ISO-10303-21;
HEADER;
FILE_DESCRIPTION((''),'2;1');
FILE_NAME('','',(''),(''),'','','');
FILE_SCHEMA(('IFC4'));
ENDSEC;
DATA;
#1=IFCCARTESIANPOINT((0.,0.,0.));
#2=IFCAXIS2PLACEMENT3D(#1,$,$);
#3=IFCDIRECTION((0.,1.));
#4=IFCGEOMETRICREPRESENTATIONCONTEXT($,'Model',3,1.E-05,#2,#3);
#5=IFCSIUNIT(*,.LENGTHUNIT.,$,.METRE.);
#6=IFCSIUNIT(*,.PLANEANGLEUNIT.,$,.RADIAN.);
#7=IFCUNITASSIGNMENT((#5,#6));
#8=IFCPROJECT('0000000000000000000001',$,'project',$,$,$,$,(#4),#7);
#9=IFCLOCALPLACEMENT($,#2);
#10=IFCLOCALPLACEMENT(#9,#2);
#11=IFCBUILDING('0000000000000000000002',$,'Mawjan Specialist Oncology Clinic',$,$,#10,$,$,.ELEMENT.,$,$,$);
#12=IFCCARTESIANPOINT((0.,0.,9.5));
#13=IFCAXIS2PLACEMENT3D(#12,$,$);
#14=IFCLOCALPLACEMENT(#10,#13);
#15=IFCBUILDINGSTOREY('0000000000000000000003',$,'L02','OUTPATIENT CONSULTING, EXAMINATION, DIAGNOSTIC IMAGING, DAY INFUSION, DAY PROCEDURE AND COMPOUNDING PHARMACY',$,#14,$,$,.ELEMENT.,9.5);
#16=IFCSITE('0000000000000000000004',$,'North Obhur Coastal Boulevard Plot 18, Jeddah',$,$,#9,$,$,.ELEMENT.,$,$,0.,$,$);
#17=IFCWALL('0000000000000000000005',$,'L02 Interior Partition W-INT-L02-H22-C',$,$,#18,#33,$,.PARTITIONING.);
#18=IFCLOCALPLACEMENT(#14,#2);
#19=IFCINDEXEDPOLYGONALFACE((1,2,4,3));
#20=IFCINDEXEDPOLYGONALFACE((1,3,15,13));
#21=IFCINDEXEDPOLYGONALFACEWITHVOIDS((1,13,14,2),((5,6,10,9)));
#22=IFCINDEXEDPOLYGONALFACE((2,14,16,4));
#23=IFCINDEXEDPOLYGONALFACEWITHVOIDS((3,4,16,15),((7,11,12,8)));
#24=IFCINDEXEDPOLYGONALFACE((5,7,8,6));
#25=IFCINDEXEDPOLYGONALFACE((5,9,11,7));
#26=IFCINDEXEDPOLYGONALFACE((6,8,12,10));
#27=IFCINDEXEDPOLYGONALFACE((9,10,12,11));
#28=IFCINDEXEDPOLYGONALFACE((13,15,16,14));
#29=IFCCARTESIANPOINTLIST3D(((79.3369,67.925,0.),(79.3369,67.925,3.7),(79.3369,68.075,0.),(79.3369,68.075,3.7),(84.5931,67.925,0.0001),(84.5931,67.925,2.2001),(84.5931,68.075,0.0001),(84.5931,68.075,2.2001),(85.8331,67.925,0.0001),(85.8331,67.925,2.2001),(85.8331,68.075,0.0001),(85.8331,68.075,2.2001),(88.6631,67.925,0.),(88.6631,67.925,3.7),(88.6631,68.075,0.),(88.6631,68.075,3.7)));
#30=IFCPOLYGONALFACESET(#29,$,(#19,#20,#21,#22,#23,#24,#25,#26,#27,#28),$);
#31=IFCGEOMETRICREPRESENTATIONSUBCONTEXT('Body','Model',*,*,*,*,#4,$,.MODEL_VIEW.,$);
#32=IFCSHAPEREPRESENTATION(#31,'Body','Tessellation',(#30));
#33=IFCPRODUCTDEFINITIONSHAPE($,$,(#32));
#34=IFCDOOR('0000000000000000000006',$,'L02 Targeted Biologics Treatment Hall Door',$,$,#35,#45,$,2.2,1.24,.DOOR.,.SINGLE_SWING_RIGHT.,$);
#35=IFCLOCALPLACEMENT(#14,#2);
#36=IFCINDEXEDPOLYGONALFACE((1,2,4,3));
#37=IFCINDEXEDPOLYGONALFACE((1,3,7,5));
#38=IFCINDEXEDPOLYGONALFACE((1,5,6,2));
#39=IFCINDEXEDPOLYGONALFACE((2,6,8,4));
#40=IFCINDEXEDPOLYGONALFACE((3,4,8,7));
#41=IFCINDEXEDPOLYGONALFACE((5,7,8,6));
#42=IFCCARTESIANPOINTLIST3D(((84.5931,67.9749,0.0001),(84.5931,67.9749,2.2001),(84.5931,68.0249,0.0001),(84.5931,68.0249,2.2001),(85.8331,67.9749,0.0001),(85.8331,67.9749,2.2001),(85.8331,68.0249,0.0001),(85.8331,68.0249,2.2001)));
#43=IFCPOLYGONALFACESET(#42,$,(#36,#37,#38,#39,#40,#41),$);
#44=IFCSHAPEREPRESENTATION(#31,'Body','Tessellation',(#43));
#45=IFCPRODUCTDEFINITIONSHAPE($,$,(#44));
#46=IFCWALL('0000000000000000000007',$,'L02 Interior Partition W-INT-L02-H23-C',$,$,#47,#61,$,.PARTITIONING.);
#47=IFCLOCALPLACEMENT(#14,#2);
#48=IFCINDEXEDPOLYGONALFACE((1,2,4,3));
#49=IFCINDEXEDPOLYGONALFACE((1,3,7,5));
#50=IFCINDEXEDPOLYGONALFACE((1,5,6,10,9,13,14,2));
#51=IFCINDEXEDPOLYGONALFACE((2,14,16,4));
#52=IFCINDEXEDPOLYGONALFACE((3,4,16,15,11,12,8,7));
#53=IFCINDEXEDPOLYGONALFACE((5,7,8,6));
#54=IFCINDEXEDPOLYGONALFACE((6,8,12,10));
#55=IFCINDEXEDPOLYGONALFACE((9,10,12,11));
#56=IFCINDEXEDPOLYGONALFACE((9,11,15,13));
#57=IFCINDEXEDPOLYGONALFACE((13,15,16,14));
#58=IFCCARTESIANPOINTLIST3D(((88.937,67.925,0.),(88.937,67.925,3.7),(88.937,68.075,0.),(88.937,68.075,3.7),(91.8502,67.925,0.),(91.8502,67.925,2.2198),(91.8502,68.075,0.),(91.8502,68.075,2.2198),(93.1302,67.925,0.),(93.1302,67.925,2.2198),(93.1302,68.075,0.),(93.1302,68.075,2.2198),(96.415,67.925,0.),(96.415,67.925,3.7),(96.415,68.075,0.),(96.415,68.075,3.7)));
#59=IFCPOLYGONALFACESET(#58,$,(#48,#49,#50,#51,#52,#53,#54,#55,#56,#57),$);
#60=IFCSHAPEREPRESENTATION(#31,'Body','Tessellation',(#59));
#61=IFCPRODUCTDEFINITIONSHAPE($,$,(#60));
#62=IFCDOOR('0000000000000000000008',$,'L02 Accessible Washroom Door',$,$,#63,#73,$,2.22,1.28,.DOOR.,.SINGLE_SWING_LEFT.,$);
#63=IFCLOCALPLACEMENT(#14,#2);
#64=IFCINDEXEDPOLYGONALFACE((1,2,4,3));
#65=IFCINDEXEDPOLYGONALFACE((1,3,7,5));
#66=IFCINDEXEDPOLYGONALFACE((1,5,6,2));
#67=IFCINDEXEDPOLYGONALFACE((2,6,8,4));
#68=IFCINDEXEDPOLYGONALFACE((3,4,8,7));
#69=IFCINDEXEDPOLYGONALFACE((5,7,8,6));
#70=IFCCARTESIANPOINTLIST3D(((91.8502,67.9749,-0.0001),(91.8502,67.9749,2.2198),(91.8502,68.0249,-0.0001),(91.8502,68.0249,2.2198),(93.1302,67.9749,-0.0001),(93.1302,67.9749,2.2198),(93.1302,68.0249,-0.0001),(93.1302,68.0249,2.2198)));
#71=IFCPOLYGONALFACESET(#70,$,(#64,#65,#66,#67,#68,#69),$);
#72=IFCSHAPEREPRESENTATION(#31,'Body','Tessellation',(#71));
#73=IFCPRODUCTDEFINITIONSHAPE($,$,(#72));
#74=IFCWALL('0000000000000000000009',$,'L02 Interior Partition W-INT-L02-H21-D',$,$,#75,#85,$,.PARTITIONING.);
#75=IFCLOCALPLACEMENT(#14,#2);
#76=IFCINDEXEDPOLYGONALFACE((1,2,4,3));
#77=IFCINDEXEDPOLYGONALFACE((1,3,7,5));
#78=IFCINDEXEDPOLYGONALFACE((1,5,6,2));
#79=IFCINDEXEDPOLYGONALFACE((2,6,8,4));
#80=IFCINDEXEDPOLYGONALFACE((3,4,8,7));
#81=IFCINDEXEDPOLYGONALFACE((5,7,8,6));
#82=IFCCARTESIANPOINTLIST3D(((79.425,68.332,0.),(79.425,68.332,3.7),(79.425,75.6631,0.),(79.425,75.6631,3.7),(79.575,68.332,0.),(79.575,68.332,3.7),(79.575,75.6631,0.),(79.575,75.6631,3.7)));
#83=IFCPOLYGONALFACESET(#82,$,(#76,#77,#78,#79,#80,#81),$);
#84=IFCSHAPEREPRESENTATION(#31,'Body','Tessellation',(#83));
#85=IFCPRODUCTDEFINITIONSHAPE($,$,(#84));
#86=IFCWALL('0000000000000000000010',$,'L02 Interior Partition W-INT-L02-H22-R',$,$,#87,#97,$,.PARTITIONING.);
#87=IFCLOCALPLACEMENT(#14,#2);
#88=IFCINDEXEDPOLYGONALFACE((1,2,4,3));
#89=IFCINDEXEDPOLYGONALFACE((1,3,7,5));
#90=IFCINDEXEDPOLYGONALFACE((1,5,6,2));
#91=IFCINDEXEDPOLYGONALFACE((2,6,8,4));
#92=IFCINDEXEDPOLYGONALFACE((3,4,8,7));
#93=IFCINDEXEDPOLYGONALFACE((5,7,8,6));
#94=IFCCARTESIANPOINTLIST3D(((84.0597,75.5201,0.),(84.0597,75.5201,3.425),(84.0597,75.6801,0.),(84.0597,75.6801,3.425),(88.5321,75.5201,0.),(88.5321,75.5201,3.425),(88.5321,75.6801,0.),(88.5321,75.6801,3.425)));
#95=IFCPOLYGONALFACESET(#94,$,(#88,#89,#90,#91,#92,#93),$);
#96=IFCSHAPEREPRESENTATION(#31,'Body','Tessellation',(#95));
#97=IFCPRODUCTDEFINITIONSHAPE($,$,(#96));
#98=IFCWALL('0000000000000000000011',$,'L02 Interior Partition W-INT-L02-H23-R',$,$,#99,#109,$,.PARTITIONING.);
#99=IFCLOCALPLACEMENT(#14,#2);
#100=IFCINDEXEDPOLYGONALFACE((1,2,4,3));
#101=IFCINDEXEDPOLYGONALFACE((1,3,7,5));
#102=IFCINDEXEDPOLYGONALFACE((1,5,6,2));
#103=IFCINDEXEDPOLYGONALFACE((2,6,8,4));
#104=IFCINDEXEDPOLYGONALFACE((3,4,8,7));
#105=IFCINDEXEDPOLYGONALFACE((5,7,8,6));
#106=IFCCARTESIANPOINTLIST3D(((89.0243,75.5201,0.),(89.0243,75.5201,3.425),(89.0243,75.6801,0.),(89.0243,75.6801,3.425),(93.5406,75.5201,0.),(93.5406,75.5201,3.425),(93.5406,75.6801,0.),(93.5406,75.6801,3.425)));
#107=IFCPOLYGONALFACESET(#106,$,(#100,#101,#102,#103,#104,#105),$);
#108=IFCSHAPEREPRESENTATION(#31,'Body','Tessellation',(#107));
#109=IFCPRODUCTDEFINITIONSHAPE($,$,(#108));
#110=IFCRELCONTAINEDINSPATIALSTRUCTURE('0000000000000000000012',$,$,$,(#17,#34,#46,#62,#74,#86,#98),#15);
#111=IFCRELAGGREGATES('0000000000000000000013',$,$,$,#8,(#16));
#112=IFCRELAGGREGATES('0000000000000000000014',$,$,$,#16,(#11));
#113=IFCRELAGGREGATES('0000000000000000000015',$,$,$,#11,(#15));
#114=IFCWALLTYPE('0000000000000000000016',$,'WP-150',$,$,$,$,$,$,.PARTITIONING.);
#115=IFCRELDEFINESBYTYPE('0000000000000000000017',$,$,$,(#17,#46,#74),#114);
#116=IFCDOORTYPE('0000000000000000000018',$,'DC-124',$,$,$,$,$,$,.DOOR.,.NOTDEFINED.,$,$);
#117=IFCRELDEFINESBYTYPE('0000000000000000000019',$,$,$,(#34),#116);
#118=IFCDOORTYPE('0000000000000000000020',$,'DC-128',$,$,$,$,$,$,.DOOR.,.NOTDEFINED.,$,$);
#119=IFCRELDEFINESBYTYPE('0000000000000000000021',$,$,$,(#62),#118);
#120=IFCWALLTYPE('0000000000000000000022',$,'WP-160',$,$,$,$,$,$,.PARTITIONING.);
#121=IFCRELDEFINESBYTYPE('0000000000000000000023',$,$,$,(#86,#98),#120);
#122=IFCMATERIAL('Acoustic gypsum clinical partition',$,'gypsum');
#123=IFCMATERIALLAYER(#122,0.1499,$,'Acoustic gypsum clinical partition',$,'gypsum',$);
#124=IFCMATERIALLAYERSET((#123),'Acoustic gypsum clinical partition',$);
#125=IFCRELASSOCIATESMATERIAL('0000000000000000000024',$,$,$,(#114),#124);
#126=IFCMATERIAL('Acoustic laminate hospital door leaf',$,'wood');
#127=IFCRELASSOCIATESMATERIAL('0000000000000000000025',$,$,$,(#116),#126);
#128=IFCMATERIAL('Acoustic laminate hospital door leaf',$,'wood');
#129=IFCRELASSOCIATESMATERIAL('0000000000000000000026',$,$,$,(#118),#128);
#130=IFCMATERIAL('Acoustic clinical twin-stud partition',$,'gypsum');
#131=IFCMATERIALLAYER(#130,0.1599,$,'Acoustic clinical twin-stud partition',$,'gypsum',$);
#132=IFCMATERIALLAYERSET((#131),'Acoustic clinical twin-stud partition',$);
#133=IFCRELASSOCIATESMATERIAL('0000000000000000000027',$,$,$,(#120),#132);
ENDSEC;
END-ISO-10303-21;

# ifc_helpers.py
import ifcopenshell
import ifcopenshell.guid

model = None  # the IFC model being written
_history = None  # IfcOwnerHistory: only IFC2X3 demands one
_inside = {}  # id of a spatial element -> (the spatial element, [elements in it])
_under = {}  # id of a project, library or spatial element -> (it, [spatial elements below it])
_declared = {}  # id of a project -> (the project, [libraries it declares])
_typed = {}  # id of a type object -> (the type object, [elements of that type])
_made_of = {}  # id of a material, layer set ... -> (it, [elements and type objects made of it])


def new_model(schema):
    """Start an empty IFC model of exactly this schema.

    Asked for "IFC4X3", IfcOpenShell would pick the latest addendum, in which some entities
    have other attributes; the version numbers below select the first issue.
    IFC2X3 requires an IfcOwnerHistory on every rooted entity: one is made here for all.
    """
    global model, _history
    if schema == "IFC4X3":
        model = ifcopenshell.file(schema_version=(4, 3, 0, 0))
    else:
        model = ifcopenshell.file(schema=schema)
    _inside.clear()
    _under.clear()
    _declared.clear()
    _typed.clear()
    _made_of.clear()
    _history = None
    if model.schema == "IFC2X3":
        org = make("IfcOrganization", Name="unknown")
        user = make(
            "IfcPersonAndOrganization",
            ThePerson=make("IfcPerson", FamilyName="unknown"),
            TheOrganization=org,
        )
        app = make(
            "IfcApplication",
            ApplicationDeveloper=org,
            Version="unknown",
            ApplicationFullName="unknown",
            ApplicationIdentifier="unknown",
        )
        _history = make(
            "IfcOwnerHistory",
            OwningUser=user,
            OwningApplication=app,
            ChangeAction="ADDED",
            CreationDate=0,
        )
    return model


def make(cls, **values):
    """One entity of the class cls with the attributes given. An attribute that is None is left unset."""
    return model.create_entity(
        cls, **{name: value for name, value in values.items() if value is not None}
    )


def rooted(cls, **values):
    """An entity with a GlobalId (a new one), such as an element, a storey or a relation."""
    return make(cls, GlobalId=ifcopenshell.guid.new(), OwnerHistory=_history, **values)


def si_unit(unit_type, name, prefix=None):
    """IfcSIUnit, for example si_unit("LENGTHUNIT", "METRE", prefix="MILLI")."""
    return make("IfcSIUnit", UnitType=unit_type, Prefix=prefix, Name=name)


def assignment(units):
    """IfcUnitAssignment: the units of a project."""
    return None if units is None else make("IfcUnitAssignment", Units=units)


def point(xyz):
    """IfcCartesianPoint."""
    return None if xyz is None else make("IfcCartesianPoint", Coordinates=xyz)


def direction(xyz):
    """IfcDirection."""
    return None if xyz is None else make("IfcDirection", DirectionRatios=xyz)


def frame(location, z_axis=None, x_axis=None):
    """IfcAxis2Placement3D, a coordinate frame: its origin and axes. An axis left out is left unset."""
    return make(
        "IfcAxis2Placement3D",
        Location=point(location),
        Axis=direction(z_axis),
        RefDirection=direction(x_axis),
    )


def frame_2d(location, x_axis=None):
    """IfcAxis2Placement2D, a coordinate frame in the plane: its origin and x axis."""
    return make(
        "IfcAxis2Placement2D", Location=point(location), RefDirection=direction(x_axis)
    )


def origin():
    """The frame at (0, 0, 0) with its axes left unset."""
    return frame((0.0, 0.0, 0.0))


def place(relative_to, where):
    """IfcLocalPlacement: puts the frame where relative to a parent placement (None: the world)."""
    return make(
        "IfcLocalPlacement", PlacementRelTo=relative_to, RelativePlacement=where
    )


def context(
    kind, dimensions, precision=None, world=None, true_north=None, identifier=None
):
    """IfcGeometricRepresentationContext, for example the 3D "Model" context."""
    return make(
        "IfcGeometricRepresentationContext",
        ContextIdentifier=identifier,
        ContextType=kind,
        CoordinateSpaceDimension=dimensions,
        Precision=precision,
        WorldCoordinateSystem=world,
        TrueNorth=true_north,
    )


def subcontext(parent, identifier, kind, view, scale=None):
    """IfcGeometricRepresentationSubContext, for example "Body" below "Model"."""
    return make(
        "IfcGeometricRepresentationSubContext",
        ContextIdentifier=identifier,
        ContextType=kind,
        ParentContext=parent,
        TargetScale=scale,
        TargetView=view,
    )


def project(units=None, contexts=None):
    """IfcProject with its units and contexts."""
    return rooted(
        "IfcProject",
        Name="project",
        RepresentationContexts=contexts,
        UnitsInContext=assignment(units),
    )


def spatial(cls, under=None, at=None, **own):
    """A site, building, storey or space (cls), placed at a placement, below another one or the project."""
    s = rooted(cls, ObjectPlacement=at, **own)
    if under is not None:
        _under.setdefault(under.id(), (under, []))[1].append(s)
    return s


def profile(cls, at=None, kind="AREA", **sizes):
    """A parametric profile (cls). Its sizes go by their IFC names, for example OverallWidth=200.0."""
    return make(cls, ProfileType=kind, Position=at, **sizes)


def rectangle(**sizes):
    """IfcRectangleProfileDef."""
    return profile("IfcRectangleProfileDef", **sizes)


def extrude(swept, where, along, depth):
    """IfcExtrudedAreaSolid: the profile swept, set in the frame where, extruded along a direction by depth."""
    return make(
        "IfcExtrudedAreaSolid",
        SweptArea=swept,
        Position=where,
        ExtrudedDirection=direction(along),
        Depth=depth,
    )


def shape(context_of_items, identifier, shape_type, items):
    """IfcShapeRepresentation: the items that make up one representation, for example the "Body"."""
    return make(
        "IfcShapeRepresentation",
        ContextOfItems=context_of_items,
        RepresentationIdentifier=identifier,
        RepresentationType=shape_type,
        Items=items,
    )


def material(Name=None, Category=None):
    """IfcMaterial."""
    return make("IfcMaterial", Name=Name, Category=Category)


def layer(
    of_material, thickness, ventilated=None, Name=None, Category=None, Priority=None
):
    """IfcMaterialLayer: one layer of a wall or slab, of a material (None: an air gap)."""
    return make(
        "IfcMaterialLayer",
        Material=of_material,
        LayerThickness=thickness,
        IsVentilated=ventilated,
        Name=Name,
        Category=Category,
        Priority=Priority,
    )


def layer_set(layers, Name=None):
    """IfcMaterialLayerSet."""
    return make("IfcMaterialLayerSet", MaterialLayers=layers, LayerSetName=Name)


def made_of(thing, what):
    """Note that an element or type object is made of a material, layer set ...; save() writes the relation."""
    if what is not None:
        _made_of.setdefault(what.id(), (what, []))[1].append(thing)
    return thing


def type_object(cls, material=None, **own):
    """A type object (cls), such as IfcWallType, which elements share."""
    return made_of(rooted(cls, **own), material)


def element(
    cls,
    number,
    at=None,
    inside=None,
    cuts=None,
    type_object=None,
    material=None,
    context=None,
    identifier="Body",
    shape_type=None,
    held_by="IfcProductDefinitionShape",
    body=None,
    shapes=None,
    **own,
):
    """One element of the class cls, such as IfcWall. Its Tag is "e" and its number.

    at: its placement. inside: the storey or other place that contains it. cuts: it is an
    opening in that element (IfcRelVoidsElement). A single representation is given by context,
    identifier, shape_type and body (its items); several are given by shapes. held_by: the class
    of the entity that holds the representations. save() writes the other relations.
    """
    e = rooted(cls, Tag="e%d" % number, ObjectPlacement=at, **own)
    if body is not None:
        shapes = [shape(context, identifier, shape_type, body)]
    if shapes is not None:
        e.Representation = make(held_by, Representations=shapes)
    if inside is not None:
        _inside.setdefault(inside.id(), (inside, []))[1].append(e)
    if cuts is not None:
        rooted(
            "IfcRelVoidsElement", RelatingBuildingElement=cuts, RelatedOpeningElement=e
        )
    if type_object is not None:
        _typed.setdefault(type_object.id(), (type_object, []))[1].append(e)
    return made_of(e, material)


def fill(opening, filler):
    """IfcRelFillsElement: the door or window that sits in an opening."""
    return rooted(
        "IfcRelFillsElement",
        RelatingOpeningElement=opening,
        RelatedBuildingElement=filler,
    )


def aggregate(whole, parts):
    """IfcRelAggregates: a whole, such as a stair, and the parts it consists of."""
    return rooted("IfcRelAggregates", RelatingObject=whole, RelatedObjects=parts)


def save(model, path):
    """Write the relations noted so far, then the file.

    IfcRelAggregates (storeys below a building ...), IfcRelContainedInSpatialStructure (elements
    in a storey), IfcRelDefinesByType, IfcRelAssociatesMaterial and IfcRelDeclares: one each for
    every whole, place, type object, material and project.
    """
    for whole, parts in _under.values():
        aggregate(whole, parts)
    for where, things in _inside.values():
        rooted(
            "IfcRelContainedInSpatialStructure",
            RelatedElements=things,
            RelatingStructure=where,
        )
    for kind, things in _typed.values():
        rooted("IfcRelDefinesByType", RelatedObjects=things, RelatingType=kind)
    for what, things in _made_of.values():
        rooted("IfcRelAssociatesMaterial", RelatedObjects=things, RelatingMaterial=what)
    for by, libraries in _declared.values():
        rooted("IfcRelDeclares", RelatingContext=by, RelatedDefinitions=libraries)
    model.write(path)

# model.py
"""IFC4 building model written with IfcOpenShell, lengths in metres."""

from ifc_helpers import new_model, si_unit, direction, frame, frame_2d, origin, place, context, subcontext, project, spatial, rectangle, extrude, material, layer, layer_set, type_object, element, fill, save


model = new_model("IFC4")

# Units and contexts
model_context = context("Model", 3, precision=1e-05, world=origin(), true_north=direction((0.0, 1.0)))
body_context = subcontext(model_context, "Body", "Model", "MODEL_VIEW")
ifc_project = project(units=[si_unit("LENGTHUNIT", "METRE"), si_unit("PLANEANGLEUNIT", "RADIAN")], contexts=[model_context])

# Site, building, storey
site_placement = place(None, origin())
site = spatial("IfcSite", under=ifc_project, at=site_placement, Name="North Obhur Coastal Boulevard Plot 18, Jeddah", CompositionType="ELEMENT", RefElevation=0.0)
building_placement = place(site_placement, origin())
building = spatial("IfcBuilding", under=site, at=building_placement, Name="Mawjan Specialist Oncology Clinic", CompositionType="ELEMENT")
storey_placement = place(building_placement, frame((0.0, 0.0, 9.5)))
storey = spatial("IfcBuildingStorey", under=building, at=storey_placement, Name="L02", Description="OUTPATIENT CONSULTING, EXAMINATION, DIAGNOSTIC IMAGING, DAY INFUSION, DAY PROCEDURE AND COMPOUNDING PHARMACY", CompositionType="ELEMENT", Elevation=9.5)

# Walls, openings, doors
ifc_material_1 = material(Name="Acoustic gypsum clinical partition", Category="gypsum")
ifc_layer_1 = layer(ifc_material_1, 0.1499, Name="Acoustic gypsum clinical partition", Category="gypsum")
ifc_layer_set_1 = layer_set([ifc_layer_1], Name="Acoustic gypsum clinical partition")
wall_type_1 = type_object("IfcWallType", Name="WP-150", PredefinedType="PARTITIONING", material=ifc_layer_set_1)
wall_1_placement = place(storey_placement, frame((79.3369, 68.0, 0.0), z_axis=(0.0, 0.0, 1.0), x_axis=(1.0, 0.0, 0.0)))
wall_1 = element("IfcWall", 1, at=wall_1_placement, inside=storey, type_object=wall_type_1, Name="L02 Interior Partition W-INT-L02-H22-C", PredefinedType="PARTITIONING", context=body_context, shape_type="SweptSolid", body=[
    extrude(rectangle(XDim=9.3262, YDim=0.1499, at=frame_2d((4.6631, 0.0))), origin(), (0.0, 0.0, 1.0), 3.7),
])
opening_1_placement = place(wall_1_placement, frame((5.2561, 0.0, 0.0)))
opening_1 = element("IfcOpeningElement", 2, at=opening_1_placement, cuts=wall_1, PredefinedType="OPENING", context=body_context, shape_type="SweptSolid", body=[
    extrude(rectangle(XDim=1.24, YDim=2.2, at=frame_2d((0.6201, 1.1001))), frame((0.0, 0.0869, 0.0), z_axis=(0.0, -1.0, 0.0), x_axis=(1.0, 0.0, 0.0)), (0.0, 0.0, 1.0), 0.1738),
])
ifc_material_2 = material(Name="Acoustic laminate hospital door leaf", Category="wood")
door_type_1 = type_object("IfcDoorType", Name="DC-124", OperationType="NOTDEFINED", PredefinedType="DOOR", material=ifc_material_2)
door_1_placement = place(opening_1_placement, origin())
door_1 = element("IfcDoor", 3, at=door_1_placement, inside=storey, type_object=door_type_1, Name="L02 Targeted Biologics Treatment Hall Door", OperationType="SINGLE_SWING_RIGHT", OverallHeight=2.2, OverallWidth=1.24, PredefinedType="DOOR", context=body_context, shape_type="SweptSolid", body=[
    extrude(rectangle(XDim=1.24, YDim=2.2, at=frame_2d((0.6201, 1.1001))), frame((0.0, 0.0249, 0.0), z_axis=(0.0, -1.0, 0.0), x_axis=(1.0, 0.0, 0.0)), (0.0, 0.0, 1.0), 0.05),
])
fill(opening_1, door_1)
wall_2_placement = place(storey_placement, frame((88.937, 68.0, 0.0), z_axis=(0.0, 0.0, 1.0), x_axis=(1.0, 0.0, 0.0)))
wall_2 = element("IfcWall", 4, at=wall_2_placement, inside=storey, type_object=wall_type_1, Name="L02 Interior Partition W-INT-L02-H23-C", PredefinedType="PARTITIONING", context=body_context, shape_type="SweptSolid", body=[
    extrude(rectangle(XDim=7.478, YDim=0.1499, at=frame_2d((3.739, 0.0))), origin(), (0.0, 0.0, 1.0), 3.7),
])
opening_2_placement = place(wall_2_placement, frame((2.9131, 0.0, 0.0)))
opening_2 = element("IfcOpeningElement", 5, at=opening_2_placement, cuts=wall_2, PredefinedType="OPENING", context=body_context, shape_type="SweptSolid", body=[
    extrude(rectangle(XDim=1.28, YDim=2.22, at=frame_2d((0.6401, 1.1099))), frame((0.0, 0.0869, 0.0), z_axis=(0.0, -1.0, 0.0), x_axis=(1.0, 0.0, 0.0)), (0.0, 0.0, 1.0), 0.1738),
])
ifc_material_3 = material(Name="Acoustic laminate hospital door leaf", Category="wood")
door_type_2 = type_object("IfcDoorType", Name="DC-128", OperationType="NOTDEFINED", PredefinedType="DOOR", material=ifc_material_3)
door_2_placement = place(opening_2_placement, origin())
door_2 = element("IfcDoor", 6, at=door_2_placement, inside=storey, type_object=door_type_2, Name="L02 Accessible Washroom Door", OperationType="SINGLE_SWING_LEFT", OverallHeight=2.22, OverallWidth=1.28, PredefinedType="DOOR", context=body_context, shape_type="SweptSolid", body=[
    extrude(rectangle(XDim=1.28, YDim=2.22, at=frame_2d((0.6401, 1.1099))), frame((0.0, 0.0249, 0.0), z_axis=(0.0, -1.0, 0.0), x_axis=(1.0, 0.0, 0.0)), (0.0, 0.0, 1.0), 0.05),
])
fill(opening_2, door_2)

# Walls
wall_3_placement = place(storey_placement, frame((79.5, 68.332, 0.0), z_axis=(0.0, 0.0, 1.0), x_axis=(0.0, 1.0, 0.0)))
element("IfcWall", 7, at=wall_3_placement, inside=storey, type_object=wall_type_1, Name="L02 Interior Partition W-INT-L02-H21-D", PredefinedType="PARTITIONING", context=body_context, shape_type="SweptSolid", body=[
    extrude(rectangle(XDim=7.3311, YDim=0.1499, at=frame_2d((3.6655, 0.0))), origin(), (0.0, 0.0, 1.0), 3.7),
])
ifc_material_4 = material(Name="Acoustic clinical twin-stud partition", Category="gypsum")
ifc_layer_2 = layer(ifc_material_4, 0.1599, Name="Acoustic clinical twin-stud partition", Category="gypsum")
ifc_layer_set_2 = layer_set([ifc_layer_2], Name="Acoustic clinical twin-stud partition")
wall_type_2 = type_object("IfcWallType", Name="WP-160", PredefinedType="PARTITIONING", material=ifc_layer_set_2)
wall_4_placement = place(storey_placement, frame((84.0596, 75.6001, 0.0), z_axis=(0.0, 0.0, 1.0), x_axis=(1.0, 0.0, 0.0)))
element("IfcWall", 8, at=wall_4_placement, inside=storey, type_object=wall_type_2, Name="L02 Interior Partition W-INT-L02-H22-R", PredefinedType="PARTITIONING", context=body_context, shape_type="SweptSolid", body=[
    extrude(rectangle(XDim=4.4724, YDim=0.1599, at=frame_2d((2.2363, 0.0))), origin(), (0.0, 0.0, 1.0), 3.425),
])
wall_5_placement = place(storey_placement, frame((89.0242, 75.6001, 0.0), z_axis=(0.0, 0.0, 1.0), x_axis=(1.0, 0.0, 0.0)))
element("IfcWall", 9, at=wall_5_placement, inside=storey, type_object=wall_type_2, Name="L02 Interior Partition W-INT-L02-H23-R", PredefinedType="PARTITIONING", context=body_context, shape_type="SweptSolid", body=[
    extrude(rectangle(XDim=4.5164, YDim=0.1599, at=frame_2d((2.2583, 0.0))), origin(), (0.0, 0.0, 1.0), 3.425),
])

save(model, "model.ifc")
